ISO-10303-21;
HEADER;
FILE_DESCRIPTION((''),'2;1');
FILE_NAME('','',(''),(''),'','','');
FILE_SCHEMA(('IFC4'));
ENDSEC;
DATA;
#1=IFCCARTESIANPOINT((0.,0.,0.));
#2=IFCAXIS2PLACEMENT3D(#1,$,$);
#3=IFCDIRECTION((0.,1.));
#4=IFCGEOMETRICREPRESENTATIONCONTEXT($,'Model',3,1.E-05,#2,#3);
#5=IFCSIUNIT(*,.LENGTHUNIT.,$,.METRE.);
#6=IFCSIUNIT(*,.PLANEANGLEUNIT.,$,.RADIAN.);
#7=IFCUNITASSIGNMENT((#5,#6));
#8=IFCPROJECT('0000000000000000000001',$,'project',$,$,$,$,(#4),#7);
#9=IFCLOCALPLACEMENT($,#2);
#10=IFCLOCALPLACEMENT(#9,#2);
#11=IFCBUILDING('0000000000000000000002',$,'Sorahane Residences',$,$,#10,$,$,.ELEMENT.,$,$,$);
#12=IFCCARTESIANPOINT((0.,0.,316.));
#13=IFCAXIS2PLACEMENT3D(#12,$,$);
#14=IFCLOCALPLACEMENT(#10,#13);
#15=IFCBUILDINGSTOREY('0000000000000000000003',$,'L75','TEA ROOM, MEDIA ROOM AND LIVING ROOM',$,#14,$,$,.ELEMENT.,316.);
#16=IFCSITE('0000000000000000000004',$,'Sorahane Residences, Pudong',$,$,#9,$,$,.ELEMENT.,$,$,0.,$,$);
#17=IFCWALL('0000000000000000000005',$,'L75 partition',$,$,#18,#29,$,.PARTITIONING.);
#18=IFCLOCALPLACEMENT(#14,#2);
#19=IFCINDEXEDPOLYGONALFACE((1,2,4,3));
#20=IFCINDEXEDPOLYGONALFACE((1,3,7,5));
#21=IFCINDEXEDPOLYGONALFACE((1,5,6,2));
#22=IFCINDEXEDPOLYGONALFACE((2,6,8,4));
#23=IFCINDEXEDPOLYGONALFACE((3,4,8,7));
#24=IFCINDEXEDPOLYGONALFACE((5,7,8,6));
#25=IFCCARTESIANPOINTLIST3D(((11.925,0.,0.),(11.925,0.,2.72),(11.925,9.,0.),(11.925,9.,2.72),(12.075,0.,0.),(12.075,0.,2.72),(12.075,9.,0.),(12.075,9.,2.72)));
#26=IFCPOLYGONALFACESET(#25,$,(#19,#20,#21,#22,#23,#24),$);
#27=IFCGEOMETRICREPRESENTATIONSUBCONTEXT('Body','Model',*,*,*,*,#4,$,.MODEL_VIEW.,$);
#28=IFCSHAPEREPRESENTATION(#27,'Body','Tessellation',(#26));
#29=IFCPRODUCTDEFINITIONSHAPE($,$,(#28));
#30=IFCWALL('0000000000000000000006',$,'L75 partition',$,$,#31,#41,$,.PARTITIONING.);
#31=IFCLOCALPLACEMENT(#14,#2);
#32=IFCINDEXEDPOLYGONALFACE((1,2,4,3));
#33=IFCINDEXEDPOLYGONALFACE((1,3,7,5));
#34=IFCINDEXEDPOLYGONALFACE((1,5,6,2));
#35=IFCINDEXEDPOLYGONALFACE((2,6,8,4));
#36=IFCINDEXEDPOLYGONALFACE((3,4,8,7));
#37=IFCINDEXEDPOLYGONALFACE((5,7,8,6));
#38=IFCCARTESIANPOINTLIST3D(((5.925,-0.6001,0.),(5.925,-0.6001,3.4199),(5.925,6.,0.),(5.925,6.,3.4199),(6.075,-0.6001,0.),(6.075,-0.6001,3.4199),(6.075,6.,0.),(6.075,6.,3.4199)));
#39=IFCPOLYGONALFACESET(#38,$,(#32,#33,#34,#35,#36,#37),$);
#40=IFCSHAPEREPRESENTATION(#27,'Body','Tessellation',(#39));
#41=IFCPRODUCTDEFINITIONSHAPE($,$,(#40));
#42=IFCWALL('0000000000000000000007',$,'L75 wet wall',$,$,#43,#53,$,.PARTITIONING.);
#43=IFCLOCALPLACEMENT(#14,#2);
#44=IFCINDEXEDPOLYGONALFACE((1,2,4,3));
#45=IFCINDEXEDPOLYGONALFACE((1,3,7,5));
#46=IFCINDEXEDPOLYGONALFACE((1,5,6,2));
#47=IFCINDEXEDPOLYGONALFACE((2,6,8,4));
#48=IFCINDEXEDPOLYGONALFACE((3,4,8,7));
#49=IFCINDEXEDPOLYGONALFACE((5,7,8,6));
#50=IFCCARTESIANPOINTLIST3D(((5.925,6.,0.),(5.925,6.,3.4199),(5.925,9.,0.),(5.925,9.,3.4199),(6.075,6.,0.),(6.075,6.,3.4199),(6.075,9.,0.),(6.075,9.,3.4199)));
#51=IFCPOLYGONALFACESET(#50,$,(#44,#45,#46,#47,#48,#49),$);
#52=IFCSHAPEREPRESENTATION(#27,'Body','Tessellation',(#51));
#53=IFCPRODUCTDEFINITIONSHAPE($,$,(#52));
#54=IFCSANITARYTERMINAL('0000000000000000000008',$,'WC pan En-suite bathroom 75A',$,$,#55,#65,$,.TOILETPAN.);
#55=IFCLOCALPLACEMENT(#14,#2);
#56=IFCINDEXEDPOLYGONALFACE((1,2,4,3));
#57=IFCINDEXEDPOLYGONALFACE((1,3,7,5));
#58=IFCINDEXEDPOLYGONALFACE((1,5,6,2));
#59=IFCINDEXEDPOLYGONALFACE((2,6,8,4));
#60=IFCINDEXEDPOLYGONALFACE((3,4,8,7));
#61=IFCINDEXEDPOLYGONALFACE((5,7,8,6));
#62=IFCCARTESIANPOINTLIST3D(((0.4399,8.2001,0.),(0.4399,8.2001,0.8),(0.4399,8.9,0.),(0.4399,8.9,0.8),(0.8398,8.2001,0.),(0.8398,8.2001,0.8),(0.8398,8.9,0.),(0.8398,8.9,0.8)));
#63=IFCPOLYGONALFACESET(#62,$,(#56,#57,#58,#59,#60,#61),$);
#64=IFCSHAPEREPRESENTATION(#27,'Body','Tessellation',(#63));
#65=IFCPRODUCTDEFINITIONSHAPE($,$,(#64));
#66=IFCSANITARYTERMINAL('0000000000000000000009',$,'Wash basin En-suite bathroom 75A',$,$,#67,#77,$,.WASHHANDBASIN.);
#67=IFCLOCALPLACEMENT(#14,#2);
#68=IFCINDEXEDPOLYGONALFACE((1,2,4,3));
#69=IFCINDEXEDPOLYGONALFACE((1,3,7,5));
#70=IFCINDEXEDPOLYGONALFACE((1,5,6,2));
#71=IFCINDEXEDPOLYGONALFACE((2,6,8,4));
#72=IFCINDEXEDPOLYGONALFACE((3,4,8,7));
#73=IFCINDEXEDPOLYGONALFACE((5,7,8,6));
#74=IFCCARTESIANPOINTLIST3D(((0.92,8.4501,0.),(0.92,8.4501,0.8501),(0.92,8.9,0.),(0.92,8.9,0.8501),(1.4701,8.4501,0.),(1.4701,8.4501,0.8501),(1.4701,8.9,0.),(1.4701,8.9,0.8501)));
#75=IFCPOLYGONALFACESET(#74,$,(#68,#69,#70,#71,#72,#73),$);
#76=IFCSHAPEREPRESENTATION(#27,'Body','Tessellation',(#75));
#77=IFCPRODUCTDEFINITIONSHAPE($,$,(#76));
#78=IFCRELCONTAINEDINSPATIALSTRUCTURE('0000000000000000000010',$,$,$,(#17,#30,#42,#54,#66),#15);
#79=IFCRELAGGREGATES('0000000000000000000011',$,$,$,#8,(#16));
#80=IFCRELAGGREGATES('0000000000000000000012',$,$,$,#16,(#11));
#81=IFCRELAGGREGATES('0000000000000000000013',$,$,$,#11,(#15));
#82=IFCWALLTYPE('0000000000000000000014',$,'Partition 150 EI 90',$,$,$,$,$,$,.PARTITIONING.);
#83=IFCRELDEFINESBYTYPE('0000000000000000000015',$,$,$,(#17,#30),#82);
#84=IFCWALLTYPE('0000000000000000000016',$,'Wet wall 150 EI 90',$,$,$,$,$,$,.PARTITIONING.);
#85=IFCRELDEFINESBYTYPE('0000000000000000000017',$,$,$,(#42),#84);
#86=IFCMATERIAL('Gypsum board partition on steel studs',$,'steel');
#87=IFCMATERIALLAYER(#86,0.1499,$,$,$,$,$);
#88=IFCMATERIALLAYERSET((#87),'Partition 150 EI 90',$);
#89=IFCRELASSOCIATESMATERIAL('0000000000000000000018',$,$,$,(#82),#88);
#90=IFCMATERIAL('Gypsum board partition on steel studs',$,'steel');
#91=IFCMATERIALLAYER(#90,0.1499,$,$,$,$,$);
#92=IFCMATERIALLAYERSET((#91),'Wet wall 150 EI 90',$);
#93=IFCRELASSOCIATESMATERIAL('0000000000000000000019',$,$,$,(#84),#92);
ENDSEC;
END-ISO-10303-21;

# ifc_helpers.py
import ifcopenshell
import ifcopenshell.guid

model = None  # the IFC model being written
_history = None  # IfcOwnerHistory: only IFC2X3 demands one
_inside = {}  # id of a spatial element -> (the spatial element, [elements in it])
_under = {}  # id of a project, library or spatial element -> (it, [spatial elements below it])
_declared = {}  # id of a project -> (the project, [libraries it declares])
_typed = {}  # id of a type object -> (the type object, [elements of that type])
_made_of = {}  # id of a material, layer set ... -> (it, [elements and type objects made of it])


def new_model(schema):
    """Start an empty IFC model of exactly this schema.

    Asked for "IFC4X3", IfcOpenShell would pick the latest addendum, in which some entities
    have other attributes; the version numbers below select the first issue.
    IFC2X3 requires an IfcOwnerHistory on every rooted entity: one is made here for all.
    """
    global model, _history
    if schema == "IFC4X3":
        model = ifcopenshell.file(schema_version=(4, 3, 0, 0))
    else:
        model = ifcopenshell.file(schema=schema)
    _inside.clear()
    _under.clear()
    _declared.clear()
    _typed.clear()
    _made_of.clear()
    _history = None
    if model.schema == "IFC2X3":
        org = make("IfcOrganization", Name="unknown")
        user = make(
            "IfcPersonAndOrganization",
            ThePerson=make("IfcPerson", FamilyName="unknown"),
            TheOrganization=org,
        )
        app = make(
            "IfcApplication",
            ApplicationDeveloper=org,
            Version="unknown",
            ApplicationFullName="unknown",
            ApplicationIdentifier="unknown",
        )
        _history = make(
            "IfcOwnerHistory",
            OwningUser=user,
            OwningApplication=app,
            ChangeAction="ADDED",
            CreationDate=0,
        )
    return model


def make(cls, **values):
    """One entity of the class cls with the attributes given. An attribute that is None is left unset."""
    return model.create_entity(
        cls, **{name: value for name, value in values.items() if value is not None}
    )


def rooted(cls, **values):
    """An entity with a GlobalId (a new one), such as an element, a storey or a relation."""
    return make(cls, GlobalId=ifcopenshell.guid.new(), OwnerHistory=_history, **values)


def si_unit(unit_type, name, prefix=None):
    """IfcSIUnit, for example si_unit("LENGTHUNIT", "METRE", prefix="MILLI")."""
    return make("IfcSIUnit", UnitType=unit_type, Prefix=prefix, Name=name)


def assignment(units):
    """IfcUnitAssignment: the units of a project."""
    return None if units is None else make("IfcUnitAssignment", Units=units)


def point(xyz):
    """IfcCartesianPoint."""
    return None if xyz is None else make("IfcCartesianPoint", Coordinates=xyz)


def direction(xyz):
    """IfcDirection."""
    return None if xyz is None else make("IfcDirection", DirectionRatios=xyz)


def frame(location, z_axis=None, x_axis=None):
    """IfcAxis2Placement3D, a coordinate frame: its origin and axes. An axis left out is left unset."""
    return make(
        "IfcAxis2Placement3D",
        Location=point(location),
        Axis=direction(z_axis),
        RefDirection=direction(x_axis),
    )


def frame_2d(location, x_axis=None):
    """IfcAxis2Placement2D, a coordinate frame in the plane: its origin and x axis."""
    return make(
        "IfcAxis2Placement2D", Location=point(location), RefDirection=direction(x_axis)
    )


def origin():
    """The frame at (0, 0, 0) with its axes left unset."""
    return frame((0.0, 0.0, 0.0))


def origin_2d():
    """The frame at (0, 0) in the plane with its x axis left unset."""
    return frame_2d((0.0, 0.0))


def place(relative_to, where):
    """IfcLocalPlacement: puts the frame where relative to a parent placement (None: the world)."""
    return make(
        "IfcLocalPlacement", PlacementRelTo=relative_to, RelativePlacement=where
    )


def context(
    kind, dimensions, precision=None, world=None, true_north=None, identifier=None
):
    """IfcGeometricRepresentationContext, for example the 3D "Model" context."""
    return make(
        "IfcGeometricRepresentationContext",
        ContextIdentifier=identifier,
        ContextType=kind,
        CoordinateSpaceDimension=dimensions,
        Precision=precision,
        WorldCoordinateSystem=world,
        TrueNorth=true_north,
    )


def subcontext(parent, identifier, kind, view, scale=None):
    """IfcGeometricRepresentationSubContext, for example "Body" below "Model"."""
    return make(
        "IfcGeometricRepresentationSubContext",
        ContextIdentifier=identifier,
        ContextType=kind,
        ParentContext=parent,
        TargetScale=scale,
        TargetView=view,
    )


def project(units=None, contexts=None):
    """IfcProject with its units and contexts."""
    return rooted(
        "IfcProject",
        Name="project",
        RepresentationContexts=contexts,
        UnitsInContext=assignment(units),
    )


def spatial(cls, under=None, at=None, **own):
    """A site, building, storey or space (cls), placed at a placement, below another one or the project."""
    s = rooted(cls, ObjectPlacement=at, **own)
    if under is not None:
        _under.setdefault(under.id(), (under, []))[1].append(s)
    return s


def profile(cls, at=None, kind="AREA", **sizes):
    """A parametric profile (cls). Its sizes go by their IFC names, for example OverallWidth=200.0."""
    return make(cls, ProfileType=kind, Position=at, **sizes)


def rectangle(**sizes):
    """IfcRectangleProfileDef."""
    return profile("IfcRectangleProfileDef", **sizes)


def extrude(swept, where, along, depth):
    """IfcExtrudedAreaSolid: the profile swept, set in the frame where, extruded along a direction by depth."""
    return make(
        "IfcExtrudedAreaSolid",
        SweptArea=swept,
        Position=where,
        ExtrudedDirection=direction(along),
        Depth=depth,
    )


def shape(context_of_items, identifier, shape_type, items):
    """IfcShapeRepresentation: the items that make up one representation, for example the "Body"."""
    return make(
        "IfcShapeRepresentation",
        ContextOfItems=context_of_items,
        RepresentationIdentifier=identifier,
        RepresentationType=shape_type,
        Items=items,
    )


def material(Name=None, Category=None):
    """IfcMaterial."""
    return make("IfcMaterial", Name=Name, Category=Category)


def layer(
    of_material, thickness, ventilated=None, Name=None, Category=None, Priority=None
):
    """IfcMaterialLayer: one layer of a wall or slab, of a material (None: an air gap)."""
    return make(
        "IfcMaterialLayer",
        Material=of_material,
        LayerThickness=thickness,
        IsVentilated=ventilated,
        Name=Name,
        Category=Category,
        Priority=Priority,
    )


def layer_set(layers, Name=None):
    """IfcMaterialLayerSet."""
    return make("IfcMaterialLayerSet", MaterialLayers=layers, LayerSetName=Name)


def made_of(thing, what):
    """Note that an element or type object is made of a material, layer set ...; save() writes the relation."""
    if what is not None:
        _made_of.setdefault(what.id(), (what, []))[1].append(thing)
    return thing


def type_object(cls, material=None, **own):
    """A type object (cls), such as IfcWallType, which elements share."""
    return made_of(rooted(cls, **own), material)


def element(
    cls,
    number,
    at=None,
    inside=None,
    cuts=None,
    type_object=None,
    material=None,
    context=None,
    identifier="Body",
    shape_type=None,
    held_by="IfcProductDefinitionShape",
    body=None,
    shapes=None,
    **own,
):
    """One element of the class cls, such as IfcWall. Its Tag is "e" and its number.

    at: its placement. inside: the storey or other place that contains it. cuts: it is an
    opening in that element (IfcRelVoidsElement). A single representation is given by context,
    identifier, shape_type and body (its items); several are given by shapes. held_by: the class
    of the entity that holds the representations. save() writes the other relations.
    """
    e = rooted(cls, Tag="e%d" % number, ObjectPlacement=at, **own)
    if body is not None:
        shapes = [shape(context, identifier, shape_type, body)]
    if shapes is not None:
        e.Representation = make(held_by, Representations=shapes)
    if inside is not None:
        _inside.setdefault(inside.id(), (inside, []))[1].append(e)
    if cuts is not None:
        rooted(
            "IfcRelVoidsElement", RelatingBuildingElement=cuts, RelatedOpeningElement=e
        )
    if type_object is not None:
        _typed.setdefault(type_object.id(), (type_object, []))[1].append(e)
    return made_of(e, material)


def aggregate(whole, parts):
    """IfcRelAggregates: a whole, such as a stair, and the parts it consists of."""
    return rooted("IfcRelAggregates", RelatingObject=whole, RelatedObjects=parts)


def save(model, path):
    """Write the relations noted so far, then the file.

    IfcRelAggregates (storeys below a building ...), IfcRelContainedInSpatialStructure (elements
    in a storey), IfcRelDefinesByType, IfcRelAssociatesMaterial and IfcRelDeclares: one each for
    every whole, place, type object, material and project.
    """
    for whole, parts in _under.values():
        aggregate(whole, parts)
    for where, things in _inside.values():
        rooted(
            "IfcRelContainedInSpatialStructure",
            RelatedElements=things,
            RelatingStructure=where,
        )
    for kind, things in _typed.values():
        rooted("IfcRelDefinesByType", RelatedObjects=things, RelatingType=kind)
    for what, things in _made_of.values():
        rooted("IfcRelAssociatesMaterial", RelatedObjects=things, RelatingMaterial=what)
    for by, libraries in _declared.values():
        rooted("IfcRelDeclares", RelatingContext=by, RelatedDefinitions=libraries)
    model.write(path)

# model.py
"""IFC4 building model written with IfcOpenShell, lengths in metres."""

from ifc_helpers import new_model, si_unit, direction, frame, frame_2d, origin, origin_2d, place, context, subcontext, project, spatial, rectangle, extrude, material, layer, layer_set, type_object, element, save


model = new_model("IFC4")

# Units and contexts
model_context = context("Model", 3, precision=1e-05, world=origin(), true_north=direction((0.0, 1.0)))
body_context = subcontext(model_context, "Body", "Model", "MODEL_VIEW")
ifc_project = project(units=[si_unit("LENGTHUNIT", "METRE"), si_unit("PLANEANGLEUNIT", "RADIAN")], contexts=[model_context])

# Site, building, storey
site_placement = place(None, origin())
site = spatial("IfcSite", under=ifc_project, at=site_placement, Name="Sorahane Residences, Pudong", CompositionType="ELEMENT", RefElevation=0.0)
building_placement = place(site_placement, origin())
building = spatial("IfcBuilding", under=site, at=building_placement, Name="Sorahane Residences", CompositionType="ELEMENT")
storey_placement = place(building_placement, frame((0.0, 0.0, 316.0)))
storey = spatial("IfcBuildingStorey", under=building, at=storey_placement, Name="L75", Description="TEA ROOM, MEDIA ROOM AND LIVING ROOM", CompositionType="ELEMENT", Elevation=316.0)

# Shared definitions
ifc_material_1 = material(Name="Gypsum board partition on steel studs", Category="steel")
ifc_layer_1 = layer(ifc_material_1, 0.1499)
ifc_layer_set_1 = layer_set([ifc_layer_1], Name="Partition 150 EI 90")
wall_type_1 = type_object("IfcWallType", Name="Partition 150 EI 90", PredefinedType="PARTITIONING", material=ifc_layer_set_1)

# Walls
wall_1_placement = place(storey_placement, frame((12.0, 0.0, 0.0), z_axis=(0.0, 0.0, 1.0), x_axis=(0.0, 1.0, 0.0)))
element("IfcWall", 1, at=wall_1_placement, inside=storey, type_object=wall_type_1, Name="L75 partition", PredefinedType="PARTITIONING", context=body_context, shape_type="SweptSolid", body=[
    extrude(rectangle(XDim=9.0, YDim=0.1499, at=frame_2d((4.5, 0.0))), origin(), (0.0, 0.0, 1.0), 2.72),
])
wall_2_placement = place(storey_placement, frame((6.0, -0.6001, 0.0), z_axis=(0.0, 0.0, 1.0), x_axis=(0.0, 1.0, 0.0)))
element("IfcWall", 2, at=wall_2_placement, inside=storey, type_object=wall_type_1, Name="L75 partition", PredefinedType="PARTITIONING", context=body_context, shape_type="SweptSolid", body=[
    extrude(rectangle(XDim=6.6001, YDim=0.1499, at=frame_2d((3.3, 0.0))), origin(), (0.0, 0.0, 1.0), 3.4199),
])
ifc_material_2 = material(Name="Gypsum board partition on steel studs", Category="steel")
ifc_layer_2 = layer(ifc_material_2, 0.1499)
ifc_layer_set_2 = layer_set([ifc_layer_2], Name="Wet wall 150 EI 90")
wall_type_2 = type_object("IfcWallType", Name="Wet wall 150 EI 90", PredefinedType="PARTITIONING", material=ifc_layer_set_2)
wall_3_placement = place(storey_placement, frame((6.0, 6.0, 0.0), z_axis=(0.0, 0.0, 1.0), x_axis=(0.0, 1.0, 0.0)))
element("IfcWall", 3, at=wall_3_placement, inside=storey, type_object=wall_type_2, Name="L75 wet wall", PredefinedType="PARTITIONING", context=body_context, shape_type="SweptSolid", body=[
    extrude(rectangle(XDim=3.0, YDim=0.1499, at=frame_2d((1.5, 0.0))), origin(), (0.0, 0.0, 1.0), 3.4199),
])

# Sanitary terminals
sanitary_terminal_1_placement = place(storey_placement, frame((0.6399, 8.55, 0.0), z_axis=(0.0, 0.0, 1.0), x_axis=(1.0, 0.0, 0.0)))
element("IfcSanitaryTerminal", 4, at=sanitary_terminal_1_placement, inside=storey, Name="WC pan En-suite bathroom 75A", PredefinedType="TOILETPAN", context=body_context, shape_type="SweptSolid", body=[
    extrude(rectangle(XDim=0.3999, YDim=0.7, at=origin_2d()), origin(), (0.0, 0.0, 1.0), 0.8),
])
sanitary_terminal_2_placement = place(storey_placement, frame((1.1951, 8.675, 0.0), z_axis=(0.0, 0.0, 1.0), x_axis=(1.0, 0.0, 0.0)))
element("IfcSanitaryTerminal", 5, at=sanitary_terminal_2_placement, inside=storey, Name="Wash basin En-suite bathroom 75A", PredefinedType="WASHHANDBASIN", context=body_context, shape_type="SweptSolid", body=[
    extrude(rectangle(XDim=0.55, YDim=0.45, at=origin_2d()), origin(), (0.0, 0.0, 1.0), 0.8501),
])

save(model, "model.ifc")
